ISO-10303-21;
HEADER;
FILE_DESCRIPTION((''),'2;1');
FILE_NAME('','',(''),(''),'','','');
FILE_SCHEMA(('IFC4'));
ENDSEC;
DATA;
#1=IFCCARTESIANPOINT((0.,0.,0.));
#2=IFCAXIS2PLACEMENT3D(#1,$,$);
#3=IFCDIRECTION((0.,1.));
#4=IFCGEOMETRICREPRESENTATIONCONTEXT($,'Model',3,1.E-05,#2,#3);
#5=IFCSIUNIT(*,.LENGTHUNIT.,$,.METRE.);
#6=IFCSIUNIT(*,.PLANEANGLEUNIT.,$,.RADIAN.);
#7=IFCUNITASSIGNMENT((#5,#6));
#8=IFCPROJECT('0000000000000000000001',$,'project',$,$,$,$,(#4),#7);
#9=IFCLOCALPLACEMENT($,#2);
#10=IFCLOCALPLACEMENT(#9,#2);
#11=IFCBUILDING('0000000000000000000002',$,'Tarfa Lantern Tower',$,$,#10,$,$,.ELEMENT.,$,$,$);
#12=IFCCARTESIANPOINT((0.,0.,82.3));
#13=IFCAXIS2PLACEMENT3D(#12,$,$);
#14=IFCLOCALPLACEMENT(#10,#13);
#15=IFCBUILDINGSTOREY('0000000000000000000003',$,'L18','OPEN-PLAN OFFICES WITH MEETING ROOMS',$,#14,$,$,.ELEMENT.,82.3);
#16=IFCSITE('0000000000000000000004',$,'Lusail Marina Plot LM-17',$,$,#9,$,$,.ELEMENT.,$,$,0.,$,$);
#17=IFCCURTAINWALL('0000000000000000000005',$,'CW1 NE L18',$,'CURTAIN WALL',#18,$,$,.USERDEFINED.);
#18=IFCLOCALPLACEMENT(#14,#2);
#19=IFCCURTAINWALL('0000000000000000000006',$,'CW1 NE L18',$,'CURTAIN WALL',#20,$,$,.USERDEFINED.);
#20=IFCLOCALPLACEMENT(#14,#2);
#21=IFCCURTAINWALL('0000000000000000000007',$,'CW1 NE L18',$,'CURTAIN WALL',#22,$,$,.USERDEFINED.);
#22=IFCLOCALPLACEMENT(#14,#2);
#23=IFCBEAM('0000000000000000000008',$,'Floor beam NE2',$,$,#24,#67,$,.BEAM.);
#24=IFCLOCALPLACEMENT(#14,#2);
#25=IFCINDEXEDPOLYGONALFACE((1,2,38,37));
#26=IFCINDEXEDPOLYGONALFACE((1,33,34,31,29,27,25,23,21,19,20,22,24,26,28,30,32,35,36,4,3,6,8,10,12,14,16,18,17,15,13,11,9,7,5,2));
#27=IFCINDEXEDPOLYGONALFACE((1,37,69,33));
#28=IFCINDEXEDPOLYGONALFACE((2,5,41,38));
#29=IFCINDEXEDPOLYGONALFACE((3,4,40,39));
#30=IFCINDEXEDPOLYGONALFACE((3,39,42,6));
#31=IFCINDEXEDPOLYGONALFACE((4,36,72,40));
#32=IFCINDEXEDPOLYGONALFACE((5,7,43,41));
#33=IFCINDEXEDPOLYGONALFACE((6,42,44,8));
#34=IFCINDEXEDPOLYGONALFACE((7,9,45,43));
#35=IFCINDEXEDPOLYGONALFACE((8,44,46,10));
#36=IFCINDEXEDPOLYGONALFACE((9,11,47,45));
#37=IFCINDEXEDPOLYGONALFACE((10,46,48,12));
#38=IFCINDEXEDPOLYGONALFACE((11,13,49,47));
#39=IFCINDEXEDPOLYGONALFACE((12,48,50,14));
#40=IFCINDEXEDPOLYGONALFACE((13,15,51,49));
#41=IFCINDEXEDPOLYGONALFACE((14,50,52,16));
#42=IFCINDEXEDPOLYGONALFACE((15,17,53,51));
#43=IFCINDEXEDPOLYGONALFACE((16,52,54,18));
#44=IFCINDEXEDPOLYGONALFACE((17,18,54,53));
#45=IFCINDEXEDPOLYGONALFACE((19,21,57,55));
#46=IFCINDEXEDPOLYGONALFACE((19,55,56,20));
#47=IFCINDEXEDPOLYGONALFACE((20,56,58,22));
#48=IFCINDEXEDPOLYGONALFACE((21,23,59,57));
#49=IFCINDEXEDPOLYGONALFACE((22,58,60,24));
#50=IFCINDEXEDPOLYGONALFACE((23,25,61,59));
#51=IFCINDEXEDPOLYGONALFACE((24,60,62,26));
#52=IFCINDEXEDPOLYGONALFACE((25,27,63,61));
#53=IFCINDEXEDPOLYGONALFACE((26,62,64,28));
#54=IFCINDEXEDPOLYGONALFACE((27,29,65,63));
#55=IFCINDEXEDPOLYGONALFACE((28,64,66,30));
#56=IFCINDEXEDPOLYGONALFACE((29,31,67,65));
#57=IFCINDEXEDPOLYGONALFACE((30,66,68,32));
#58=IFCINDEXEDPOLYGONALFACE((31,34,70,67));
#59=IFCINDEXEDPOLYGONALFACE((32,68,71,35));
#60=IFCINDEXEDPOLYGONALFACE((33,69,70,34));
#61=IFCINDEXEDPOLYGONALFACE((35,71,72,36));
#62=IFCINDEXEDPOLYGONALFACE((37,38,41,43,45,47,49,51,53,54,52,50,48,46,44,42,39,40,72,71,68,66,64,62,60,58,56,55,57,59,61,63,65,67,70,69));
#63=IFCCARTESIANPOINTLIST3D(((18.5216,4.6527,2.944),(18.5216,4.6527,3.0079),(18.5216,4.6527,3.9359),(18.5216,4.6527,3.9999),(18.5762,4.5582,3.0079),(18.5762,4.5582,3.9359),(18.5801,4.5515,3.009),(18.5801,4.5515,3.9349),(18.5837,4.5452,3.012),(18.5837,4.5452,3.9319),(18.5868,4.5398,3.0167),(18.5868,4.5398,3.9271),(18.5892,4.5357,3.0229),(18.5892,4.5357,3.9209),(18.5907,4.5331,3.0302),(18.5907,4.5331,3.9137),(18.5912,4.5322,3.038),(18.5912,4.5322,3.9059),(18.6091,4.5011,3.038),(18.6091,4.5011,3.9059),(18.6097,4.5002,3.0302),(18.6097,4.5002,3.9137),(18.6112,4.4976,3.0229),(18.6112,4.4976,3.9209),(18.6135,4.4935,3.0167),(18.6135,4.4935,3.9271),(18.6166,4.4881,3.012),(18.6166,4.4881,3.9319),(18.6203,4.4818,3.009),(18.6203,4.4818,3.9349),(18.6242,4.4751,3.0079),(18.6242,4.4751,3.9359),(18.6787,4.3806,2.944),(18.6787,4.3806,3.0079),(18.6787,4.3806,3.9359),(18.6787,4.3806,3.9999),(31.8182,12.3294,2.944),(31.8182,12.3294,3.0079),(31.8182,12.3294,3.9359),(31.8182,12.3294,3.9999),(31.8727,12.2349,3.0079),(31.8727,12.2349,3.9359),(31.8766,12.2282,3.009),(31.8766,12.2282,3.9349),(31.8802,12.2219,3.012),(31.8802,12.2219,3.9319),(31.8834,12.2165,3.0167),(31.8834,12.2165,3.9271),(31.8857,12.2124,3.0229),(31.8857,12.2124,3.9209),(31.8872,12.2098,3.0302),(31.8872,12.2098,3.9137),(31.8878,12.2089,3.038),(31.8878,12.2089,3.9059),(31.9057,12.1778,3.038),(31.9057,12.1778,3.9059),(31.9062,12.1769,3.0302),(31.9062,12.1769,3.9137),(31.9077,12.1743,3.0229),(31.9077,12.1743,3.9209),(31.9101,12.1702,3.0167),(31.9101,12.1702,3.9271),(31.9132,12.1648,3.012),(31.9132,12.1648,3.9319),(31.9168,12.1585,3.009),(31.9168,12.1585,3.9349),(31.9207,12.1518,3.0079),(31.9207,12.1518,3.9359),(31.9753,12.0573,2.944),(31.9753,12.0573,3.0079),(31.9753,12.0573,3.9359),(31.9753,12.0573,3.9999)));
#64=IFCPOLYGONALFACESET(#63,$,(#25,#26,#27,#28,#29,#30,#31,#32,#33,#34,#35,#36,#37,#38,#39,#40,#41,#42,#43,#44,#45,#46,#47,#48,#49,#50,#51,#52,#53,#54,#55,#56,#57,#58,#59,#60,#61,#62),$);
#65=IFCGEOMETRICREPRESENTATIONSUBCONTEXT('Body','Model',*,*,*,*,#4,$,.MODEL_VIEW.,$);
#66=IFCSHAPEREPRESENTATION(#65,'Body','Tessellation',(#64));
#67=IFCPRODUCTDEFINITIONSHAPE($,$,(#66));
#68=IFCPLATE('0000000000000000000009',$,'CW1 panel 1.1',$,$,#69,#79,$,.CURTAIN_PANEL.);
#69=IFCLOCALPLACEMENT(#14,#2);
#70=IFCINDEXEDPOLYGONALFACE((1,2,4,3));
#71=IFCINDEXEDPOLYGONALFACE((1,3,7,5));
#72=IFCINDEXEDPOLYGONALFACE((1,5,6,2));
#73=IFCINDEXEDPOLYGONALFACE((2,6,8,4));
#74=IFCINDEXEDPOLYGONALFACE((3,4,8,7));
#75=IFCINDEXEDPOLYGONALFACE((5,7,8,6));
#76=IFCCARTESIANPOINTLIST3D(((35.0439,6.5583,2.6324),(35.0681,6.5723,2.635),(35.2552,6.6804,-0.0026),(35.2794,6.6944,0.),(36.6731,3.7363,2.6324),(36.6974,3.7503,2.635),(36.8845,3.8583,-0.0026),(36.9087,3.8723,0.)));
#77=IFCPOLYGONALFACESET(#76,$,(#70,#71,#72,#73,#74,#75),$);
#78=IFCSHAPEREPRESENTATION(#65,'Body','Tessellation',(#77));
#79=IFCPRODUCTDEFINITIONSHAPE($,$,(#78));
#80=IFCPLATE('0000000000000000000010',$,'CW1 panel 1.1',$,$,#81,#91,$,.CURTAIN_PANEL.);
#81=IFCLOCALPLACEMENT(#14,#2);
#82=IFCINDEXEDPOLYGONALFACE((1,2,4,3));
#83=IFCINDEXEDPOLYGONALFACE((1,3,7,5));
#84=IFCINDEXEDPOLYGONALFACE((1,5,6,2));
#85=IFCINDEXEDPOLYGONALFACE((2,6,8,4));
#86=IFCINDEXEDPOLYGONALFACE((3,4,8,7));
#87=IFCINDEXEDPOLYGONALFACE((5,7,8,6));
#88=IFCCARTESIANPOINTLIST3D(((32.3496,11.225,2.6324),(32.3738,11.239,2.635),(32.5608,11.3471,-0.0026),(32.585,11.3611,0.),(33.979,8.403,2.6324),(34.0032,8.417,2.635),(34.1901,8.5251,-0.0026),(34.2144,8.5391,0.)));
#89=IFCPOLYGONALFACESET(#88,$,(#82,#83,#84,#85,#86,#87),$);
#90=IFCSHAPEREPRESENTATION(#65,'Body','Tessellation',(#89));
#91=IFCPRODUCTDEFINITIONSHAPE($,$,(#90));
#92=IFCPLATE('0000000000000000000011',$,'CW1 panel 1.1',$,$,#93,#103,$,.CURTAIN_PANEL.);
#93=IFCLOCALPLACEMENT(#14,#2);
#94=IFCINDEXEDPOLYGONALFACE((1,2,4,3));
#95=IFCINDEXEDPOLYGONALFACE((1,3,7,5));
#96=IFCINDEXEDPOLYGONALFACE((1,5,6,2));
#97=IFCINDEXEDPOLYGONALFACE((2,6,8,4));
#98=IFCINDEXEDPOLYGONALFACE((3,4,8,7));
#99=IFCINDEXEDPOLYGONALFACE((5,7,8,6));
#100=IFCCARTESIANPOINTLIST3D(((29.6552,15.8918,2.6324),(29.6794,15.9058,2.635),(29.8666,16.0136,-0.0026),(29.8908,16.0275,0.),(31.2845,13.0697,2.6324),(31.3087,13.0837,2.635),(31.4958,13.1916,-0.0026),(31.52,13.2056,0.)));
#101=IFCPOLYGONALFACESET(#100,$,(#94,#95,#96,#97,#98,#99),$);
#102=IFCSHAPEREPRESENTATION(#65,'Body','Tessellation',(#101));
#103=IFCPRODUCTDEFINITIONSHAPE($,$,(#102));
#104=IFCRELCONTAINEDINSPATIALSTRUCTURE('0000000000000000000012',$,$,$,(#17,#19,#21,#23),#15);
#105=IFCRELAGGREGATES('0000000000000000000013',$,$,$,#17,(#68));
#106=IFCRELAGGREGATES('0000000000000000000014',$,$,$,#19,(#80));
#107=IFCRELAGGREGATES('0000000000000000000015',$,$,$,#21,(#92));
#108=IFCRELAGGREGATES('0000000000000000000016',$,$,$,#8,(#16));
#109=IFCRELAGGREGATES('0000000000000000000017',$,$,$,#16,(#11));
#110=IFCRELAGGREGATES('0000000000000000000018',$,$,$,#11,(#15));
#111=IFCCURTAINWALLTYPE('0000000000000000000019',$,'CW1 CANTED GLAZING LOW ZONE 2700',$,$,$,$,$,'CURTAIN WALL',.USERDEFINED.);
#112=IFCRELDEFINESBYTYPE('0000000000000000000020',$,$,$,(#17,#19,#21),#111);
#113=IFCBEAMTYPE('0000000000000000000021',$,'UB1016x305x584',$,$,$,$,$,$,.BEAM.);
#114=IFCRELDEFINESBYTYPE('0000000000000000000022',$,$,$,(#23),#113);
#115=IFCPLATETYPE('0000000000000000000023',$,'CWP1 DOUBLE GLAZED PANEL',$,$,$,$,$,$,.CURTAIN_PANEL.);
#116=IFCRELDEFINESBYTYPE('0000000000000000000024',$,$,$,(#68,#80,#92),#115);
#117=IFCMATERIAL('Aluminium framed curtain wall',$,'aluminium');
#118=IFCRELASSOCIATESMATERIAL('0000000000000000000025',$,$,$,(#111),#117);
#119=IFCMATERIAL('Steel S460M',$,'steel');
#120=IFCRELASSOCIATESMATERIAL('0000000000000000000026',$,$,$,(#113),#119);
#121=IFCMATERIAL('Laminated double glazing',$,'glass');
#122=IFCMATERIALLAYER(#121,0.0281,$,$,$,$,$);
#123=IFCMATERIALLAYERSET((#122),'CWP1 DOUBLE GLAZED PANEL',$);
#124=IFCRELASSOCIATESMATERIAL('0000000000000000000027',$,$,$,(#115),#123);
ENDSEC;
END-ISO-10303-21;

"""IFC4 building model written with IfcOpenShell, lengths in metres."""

from ifc_helpers import new_model, si_unit, direction, frame, origin, origin_2d, place, context, subcontext, project, spatial, polyline, i_section, outline, extrude, material, layer, layer_set, material_profile, profile_set, type_object, element, aggregate, save


model = new_model("IFC4")

# Units and contexts
model_context = context("Model", 3, precision=1e-05, world=origin(), true_north=direction((0.0, 1.0)))
body_context = subcontext(model_context, "Body", "Model", "MODEL_VIEW")
ifc_project = project(units=[si_unit("LENGTHUNIT", "METRE"), si_unit("PLANEANGLEUNIT", "RADIAN")], contexts=[model_context])

# Site, building, storey
site_placement = place(None, origin())
site = spatial("IfcSite", under=ifc_project, at=site_placement, Name="Lusail Marina Plot LM-17", CompositionType="ELEMENT", RefElevation=0.0)
building_placement = place(site_placement, origin())
building = spatial("IfcBuilding", under=site, at=building_placement, Name="Tarfa Lantern Tower", CompositionType="ELEMENT")
storey_placement = place(building_placement, frame((0.0, 0.0, 82.3)))
storey = spatial("IfcBuildingStorey", under=building, at=storey_placement, Name="L18", Description="OPEN-PLAN OFFICES WITH MEETING ROOMS", CompositionType="ELEMENT", Elevation=82.3)

# Curtain walls
ifc_material_1 = material(Name="Aluminium framed curtain wall", Category="aluminium")
curtain_wall_type = type_object("IfcCurtainWallType", Name="CW1 CANTED GLAZING LOW ZONE 2700", ElementType="CURTAIN WALL", PredefinedType="USERDEFINED", material=ifc_material_1)
curtain_wall_1_placement = place(storey_placement, origin())
curtain_wall_1 = element("IfcCurtainWall", 1, at=curtain_wall_1_placement, inside=storey, type_object=curtain_wall_type, Name="CW1 NE L18", ObjectType="CURTAIN WALL", PredefinedType="USERDEFINED")
curtain_wall_2_placement = place(storey_placement, origin())
curtain_wall_2 = element("IfcCurtainWall", 2, at=curtain_wall_2_placement, inside=storey, type_object=curtain_wall_type, Name="CW1 NE L18", ObjectType="CURTAIN WALL", PredefinedType="USERDEFINED")
curtain_wall_3_placement = place(storey_placement, origin())
curtain_wall_3 = element("IfcCurtainWall", 3, at=curtain_wall_3_placement, inside=storey, type_object=curtain_wall_type, Name="CW1 NE L18", ObjectType="CURTAIN WALL", PredefinedType="USERDEFINED")

# Beam
ifc_material_2 = material(Name="Steel S460M", Category="steel")
ifc_material_profile_1 = material_profile(ifc_material_2, i_section(OverallWidth=0.3142, OverallDepth=1.0559, WebThickness=0.0359, FlangeThickness=0.064, FilletRadius=0.03, at=origin_2d()), Name="UB1016x305x584")
ifc_profile_set_1 = profile_set([ifc_material_profile_1], Name="Steel S460M")
beam_type_1 = type_object("IfcBeamType", Name="UB1016x305x584", PredefinedType="BEAM", material=ifc_profile_set_1)
beam_1_placement = place(storey_placement, frame((31.8967, 12.1934, 3.4719), z_axis=(-0.866027, -0.499997, 0.0), x_axis=(0.499997, -0.866027, 0.0)))
element("IfcBeam", 4, at=beam_1_placement, inside=storey, type_object=beam_type_1, Name="Floor beam NE2", PredefinedType="BEAM", context=body_context, shape_type="SweptSolid", body=[
    extrude(i_section(OverallWidth=0.3142, OverallDepth=1.0559, WebThickness=0.0359, FlangeThickness=0.064, FilletRadius=0.03, at=origin_2d()), origin(), (0.0, 0.0, 1.0), 15.3535),
])

# Plates
ifc_material_3 = material(Name="Laminated double glazing", Category="glass")
ifc_layer = layer(ifc_material_3, 0.0281)
ifc_layer_set = layer_set([ifc_layer], Name="CWP1 DOUBLE GLAZED PANEL")
plate_type = type_object("IfcPlateType", Name="CWP1 DOUBLE GLAZED PANEL", PredefinedType="CURTAIN_PANEL", material=ifc_layer_set)
plate_1_placement = place(storey_placement, frame((36.9087, 3.8723, 0.0), z_axis=(0.862338, 0.497864, 0.092216), x_axis=(-0.499995, 0.866028, 0.000003)))
plate_1 = element("IfcPlate", 5, at=plate_1_placement, type_object=plate_type, Name="CW1 panel 1.1", PredefinedType="CURTAIN_PANEL", context=body_context, shape_type="SweptSolid", body=[
    extrude(outline(polyline([(0.0, 0.0), (3.2586, 0.0), (3.2585, 2.6463), (0.0, 2.6463), (0.0, 0.0)])), origin(), (0.0, 0.0, -1.0), 0.0281),
])
aggregate(curtain_wall_1, [plate_1])
plate_2_placement = place(storey_placement, frame((34.2144, 8.5391, 0.0), z_axis=(0.862325, 0.497894, 0.092176), x_axis=(-0.500023, 0.866012, 0.0)))
plate_2 = element("IfcPlate", 6, at=plate_2_placement, type_object=plate_type, Name="CW1 panel 1.1", PredefinedType="CURTAIN_PANEL", context=body_context, shape_type="SweptSolid", body=[
    extrude(outline(polyline([(0.0, 0.0), (3.2586, 0.0), (3.2585, 2.6463), (-0.0001, 2.6463), (0.0, 0.0)])), origin(), (0.0, 0.0, -1.0), 0.0281),
])
aggregate(curtain_wall_2, [plate_2])
plate_3_placement = place(storey_placement, frame((31.52, 13.2056, 0.0), z_axis=(0.862342, 0.497867, 0.09217), x_axis=(-0.499995, 0.866029, -0.000003)))
plate_3 = element("IfcPlate", 7, at=plate_3_placement, type_object=plate_type, Name="CW1 panel 1.1", PredefinedType="CURTAIN_PANEL", context=body_context, shape_type="SweptSolid", body=[
    extrude(outline(polyline([(0.0, 0.0), (3.2585, 0.0), (3.2587, 2.6463), (0.0001, 2.6463), (0.0, 0.0)])), origin(), (0.0, 0.0, -1.0), 0.0281),
])
aggregate(curtain_wall_3, [plate_3])

save(model, "model.ifc")
